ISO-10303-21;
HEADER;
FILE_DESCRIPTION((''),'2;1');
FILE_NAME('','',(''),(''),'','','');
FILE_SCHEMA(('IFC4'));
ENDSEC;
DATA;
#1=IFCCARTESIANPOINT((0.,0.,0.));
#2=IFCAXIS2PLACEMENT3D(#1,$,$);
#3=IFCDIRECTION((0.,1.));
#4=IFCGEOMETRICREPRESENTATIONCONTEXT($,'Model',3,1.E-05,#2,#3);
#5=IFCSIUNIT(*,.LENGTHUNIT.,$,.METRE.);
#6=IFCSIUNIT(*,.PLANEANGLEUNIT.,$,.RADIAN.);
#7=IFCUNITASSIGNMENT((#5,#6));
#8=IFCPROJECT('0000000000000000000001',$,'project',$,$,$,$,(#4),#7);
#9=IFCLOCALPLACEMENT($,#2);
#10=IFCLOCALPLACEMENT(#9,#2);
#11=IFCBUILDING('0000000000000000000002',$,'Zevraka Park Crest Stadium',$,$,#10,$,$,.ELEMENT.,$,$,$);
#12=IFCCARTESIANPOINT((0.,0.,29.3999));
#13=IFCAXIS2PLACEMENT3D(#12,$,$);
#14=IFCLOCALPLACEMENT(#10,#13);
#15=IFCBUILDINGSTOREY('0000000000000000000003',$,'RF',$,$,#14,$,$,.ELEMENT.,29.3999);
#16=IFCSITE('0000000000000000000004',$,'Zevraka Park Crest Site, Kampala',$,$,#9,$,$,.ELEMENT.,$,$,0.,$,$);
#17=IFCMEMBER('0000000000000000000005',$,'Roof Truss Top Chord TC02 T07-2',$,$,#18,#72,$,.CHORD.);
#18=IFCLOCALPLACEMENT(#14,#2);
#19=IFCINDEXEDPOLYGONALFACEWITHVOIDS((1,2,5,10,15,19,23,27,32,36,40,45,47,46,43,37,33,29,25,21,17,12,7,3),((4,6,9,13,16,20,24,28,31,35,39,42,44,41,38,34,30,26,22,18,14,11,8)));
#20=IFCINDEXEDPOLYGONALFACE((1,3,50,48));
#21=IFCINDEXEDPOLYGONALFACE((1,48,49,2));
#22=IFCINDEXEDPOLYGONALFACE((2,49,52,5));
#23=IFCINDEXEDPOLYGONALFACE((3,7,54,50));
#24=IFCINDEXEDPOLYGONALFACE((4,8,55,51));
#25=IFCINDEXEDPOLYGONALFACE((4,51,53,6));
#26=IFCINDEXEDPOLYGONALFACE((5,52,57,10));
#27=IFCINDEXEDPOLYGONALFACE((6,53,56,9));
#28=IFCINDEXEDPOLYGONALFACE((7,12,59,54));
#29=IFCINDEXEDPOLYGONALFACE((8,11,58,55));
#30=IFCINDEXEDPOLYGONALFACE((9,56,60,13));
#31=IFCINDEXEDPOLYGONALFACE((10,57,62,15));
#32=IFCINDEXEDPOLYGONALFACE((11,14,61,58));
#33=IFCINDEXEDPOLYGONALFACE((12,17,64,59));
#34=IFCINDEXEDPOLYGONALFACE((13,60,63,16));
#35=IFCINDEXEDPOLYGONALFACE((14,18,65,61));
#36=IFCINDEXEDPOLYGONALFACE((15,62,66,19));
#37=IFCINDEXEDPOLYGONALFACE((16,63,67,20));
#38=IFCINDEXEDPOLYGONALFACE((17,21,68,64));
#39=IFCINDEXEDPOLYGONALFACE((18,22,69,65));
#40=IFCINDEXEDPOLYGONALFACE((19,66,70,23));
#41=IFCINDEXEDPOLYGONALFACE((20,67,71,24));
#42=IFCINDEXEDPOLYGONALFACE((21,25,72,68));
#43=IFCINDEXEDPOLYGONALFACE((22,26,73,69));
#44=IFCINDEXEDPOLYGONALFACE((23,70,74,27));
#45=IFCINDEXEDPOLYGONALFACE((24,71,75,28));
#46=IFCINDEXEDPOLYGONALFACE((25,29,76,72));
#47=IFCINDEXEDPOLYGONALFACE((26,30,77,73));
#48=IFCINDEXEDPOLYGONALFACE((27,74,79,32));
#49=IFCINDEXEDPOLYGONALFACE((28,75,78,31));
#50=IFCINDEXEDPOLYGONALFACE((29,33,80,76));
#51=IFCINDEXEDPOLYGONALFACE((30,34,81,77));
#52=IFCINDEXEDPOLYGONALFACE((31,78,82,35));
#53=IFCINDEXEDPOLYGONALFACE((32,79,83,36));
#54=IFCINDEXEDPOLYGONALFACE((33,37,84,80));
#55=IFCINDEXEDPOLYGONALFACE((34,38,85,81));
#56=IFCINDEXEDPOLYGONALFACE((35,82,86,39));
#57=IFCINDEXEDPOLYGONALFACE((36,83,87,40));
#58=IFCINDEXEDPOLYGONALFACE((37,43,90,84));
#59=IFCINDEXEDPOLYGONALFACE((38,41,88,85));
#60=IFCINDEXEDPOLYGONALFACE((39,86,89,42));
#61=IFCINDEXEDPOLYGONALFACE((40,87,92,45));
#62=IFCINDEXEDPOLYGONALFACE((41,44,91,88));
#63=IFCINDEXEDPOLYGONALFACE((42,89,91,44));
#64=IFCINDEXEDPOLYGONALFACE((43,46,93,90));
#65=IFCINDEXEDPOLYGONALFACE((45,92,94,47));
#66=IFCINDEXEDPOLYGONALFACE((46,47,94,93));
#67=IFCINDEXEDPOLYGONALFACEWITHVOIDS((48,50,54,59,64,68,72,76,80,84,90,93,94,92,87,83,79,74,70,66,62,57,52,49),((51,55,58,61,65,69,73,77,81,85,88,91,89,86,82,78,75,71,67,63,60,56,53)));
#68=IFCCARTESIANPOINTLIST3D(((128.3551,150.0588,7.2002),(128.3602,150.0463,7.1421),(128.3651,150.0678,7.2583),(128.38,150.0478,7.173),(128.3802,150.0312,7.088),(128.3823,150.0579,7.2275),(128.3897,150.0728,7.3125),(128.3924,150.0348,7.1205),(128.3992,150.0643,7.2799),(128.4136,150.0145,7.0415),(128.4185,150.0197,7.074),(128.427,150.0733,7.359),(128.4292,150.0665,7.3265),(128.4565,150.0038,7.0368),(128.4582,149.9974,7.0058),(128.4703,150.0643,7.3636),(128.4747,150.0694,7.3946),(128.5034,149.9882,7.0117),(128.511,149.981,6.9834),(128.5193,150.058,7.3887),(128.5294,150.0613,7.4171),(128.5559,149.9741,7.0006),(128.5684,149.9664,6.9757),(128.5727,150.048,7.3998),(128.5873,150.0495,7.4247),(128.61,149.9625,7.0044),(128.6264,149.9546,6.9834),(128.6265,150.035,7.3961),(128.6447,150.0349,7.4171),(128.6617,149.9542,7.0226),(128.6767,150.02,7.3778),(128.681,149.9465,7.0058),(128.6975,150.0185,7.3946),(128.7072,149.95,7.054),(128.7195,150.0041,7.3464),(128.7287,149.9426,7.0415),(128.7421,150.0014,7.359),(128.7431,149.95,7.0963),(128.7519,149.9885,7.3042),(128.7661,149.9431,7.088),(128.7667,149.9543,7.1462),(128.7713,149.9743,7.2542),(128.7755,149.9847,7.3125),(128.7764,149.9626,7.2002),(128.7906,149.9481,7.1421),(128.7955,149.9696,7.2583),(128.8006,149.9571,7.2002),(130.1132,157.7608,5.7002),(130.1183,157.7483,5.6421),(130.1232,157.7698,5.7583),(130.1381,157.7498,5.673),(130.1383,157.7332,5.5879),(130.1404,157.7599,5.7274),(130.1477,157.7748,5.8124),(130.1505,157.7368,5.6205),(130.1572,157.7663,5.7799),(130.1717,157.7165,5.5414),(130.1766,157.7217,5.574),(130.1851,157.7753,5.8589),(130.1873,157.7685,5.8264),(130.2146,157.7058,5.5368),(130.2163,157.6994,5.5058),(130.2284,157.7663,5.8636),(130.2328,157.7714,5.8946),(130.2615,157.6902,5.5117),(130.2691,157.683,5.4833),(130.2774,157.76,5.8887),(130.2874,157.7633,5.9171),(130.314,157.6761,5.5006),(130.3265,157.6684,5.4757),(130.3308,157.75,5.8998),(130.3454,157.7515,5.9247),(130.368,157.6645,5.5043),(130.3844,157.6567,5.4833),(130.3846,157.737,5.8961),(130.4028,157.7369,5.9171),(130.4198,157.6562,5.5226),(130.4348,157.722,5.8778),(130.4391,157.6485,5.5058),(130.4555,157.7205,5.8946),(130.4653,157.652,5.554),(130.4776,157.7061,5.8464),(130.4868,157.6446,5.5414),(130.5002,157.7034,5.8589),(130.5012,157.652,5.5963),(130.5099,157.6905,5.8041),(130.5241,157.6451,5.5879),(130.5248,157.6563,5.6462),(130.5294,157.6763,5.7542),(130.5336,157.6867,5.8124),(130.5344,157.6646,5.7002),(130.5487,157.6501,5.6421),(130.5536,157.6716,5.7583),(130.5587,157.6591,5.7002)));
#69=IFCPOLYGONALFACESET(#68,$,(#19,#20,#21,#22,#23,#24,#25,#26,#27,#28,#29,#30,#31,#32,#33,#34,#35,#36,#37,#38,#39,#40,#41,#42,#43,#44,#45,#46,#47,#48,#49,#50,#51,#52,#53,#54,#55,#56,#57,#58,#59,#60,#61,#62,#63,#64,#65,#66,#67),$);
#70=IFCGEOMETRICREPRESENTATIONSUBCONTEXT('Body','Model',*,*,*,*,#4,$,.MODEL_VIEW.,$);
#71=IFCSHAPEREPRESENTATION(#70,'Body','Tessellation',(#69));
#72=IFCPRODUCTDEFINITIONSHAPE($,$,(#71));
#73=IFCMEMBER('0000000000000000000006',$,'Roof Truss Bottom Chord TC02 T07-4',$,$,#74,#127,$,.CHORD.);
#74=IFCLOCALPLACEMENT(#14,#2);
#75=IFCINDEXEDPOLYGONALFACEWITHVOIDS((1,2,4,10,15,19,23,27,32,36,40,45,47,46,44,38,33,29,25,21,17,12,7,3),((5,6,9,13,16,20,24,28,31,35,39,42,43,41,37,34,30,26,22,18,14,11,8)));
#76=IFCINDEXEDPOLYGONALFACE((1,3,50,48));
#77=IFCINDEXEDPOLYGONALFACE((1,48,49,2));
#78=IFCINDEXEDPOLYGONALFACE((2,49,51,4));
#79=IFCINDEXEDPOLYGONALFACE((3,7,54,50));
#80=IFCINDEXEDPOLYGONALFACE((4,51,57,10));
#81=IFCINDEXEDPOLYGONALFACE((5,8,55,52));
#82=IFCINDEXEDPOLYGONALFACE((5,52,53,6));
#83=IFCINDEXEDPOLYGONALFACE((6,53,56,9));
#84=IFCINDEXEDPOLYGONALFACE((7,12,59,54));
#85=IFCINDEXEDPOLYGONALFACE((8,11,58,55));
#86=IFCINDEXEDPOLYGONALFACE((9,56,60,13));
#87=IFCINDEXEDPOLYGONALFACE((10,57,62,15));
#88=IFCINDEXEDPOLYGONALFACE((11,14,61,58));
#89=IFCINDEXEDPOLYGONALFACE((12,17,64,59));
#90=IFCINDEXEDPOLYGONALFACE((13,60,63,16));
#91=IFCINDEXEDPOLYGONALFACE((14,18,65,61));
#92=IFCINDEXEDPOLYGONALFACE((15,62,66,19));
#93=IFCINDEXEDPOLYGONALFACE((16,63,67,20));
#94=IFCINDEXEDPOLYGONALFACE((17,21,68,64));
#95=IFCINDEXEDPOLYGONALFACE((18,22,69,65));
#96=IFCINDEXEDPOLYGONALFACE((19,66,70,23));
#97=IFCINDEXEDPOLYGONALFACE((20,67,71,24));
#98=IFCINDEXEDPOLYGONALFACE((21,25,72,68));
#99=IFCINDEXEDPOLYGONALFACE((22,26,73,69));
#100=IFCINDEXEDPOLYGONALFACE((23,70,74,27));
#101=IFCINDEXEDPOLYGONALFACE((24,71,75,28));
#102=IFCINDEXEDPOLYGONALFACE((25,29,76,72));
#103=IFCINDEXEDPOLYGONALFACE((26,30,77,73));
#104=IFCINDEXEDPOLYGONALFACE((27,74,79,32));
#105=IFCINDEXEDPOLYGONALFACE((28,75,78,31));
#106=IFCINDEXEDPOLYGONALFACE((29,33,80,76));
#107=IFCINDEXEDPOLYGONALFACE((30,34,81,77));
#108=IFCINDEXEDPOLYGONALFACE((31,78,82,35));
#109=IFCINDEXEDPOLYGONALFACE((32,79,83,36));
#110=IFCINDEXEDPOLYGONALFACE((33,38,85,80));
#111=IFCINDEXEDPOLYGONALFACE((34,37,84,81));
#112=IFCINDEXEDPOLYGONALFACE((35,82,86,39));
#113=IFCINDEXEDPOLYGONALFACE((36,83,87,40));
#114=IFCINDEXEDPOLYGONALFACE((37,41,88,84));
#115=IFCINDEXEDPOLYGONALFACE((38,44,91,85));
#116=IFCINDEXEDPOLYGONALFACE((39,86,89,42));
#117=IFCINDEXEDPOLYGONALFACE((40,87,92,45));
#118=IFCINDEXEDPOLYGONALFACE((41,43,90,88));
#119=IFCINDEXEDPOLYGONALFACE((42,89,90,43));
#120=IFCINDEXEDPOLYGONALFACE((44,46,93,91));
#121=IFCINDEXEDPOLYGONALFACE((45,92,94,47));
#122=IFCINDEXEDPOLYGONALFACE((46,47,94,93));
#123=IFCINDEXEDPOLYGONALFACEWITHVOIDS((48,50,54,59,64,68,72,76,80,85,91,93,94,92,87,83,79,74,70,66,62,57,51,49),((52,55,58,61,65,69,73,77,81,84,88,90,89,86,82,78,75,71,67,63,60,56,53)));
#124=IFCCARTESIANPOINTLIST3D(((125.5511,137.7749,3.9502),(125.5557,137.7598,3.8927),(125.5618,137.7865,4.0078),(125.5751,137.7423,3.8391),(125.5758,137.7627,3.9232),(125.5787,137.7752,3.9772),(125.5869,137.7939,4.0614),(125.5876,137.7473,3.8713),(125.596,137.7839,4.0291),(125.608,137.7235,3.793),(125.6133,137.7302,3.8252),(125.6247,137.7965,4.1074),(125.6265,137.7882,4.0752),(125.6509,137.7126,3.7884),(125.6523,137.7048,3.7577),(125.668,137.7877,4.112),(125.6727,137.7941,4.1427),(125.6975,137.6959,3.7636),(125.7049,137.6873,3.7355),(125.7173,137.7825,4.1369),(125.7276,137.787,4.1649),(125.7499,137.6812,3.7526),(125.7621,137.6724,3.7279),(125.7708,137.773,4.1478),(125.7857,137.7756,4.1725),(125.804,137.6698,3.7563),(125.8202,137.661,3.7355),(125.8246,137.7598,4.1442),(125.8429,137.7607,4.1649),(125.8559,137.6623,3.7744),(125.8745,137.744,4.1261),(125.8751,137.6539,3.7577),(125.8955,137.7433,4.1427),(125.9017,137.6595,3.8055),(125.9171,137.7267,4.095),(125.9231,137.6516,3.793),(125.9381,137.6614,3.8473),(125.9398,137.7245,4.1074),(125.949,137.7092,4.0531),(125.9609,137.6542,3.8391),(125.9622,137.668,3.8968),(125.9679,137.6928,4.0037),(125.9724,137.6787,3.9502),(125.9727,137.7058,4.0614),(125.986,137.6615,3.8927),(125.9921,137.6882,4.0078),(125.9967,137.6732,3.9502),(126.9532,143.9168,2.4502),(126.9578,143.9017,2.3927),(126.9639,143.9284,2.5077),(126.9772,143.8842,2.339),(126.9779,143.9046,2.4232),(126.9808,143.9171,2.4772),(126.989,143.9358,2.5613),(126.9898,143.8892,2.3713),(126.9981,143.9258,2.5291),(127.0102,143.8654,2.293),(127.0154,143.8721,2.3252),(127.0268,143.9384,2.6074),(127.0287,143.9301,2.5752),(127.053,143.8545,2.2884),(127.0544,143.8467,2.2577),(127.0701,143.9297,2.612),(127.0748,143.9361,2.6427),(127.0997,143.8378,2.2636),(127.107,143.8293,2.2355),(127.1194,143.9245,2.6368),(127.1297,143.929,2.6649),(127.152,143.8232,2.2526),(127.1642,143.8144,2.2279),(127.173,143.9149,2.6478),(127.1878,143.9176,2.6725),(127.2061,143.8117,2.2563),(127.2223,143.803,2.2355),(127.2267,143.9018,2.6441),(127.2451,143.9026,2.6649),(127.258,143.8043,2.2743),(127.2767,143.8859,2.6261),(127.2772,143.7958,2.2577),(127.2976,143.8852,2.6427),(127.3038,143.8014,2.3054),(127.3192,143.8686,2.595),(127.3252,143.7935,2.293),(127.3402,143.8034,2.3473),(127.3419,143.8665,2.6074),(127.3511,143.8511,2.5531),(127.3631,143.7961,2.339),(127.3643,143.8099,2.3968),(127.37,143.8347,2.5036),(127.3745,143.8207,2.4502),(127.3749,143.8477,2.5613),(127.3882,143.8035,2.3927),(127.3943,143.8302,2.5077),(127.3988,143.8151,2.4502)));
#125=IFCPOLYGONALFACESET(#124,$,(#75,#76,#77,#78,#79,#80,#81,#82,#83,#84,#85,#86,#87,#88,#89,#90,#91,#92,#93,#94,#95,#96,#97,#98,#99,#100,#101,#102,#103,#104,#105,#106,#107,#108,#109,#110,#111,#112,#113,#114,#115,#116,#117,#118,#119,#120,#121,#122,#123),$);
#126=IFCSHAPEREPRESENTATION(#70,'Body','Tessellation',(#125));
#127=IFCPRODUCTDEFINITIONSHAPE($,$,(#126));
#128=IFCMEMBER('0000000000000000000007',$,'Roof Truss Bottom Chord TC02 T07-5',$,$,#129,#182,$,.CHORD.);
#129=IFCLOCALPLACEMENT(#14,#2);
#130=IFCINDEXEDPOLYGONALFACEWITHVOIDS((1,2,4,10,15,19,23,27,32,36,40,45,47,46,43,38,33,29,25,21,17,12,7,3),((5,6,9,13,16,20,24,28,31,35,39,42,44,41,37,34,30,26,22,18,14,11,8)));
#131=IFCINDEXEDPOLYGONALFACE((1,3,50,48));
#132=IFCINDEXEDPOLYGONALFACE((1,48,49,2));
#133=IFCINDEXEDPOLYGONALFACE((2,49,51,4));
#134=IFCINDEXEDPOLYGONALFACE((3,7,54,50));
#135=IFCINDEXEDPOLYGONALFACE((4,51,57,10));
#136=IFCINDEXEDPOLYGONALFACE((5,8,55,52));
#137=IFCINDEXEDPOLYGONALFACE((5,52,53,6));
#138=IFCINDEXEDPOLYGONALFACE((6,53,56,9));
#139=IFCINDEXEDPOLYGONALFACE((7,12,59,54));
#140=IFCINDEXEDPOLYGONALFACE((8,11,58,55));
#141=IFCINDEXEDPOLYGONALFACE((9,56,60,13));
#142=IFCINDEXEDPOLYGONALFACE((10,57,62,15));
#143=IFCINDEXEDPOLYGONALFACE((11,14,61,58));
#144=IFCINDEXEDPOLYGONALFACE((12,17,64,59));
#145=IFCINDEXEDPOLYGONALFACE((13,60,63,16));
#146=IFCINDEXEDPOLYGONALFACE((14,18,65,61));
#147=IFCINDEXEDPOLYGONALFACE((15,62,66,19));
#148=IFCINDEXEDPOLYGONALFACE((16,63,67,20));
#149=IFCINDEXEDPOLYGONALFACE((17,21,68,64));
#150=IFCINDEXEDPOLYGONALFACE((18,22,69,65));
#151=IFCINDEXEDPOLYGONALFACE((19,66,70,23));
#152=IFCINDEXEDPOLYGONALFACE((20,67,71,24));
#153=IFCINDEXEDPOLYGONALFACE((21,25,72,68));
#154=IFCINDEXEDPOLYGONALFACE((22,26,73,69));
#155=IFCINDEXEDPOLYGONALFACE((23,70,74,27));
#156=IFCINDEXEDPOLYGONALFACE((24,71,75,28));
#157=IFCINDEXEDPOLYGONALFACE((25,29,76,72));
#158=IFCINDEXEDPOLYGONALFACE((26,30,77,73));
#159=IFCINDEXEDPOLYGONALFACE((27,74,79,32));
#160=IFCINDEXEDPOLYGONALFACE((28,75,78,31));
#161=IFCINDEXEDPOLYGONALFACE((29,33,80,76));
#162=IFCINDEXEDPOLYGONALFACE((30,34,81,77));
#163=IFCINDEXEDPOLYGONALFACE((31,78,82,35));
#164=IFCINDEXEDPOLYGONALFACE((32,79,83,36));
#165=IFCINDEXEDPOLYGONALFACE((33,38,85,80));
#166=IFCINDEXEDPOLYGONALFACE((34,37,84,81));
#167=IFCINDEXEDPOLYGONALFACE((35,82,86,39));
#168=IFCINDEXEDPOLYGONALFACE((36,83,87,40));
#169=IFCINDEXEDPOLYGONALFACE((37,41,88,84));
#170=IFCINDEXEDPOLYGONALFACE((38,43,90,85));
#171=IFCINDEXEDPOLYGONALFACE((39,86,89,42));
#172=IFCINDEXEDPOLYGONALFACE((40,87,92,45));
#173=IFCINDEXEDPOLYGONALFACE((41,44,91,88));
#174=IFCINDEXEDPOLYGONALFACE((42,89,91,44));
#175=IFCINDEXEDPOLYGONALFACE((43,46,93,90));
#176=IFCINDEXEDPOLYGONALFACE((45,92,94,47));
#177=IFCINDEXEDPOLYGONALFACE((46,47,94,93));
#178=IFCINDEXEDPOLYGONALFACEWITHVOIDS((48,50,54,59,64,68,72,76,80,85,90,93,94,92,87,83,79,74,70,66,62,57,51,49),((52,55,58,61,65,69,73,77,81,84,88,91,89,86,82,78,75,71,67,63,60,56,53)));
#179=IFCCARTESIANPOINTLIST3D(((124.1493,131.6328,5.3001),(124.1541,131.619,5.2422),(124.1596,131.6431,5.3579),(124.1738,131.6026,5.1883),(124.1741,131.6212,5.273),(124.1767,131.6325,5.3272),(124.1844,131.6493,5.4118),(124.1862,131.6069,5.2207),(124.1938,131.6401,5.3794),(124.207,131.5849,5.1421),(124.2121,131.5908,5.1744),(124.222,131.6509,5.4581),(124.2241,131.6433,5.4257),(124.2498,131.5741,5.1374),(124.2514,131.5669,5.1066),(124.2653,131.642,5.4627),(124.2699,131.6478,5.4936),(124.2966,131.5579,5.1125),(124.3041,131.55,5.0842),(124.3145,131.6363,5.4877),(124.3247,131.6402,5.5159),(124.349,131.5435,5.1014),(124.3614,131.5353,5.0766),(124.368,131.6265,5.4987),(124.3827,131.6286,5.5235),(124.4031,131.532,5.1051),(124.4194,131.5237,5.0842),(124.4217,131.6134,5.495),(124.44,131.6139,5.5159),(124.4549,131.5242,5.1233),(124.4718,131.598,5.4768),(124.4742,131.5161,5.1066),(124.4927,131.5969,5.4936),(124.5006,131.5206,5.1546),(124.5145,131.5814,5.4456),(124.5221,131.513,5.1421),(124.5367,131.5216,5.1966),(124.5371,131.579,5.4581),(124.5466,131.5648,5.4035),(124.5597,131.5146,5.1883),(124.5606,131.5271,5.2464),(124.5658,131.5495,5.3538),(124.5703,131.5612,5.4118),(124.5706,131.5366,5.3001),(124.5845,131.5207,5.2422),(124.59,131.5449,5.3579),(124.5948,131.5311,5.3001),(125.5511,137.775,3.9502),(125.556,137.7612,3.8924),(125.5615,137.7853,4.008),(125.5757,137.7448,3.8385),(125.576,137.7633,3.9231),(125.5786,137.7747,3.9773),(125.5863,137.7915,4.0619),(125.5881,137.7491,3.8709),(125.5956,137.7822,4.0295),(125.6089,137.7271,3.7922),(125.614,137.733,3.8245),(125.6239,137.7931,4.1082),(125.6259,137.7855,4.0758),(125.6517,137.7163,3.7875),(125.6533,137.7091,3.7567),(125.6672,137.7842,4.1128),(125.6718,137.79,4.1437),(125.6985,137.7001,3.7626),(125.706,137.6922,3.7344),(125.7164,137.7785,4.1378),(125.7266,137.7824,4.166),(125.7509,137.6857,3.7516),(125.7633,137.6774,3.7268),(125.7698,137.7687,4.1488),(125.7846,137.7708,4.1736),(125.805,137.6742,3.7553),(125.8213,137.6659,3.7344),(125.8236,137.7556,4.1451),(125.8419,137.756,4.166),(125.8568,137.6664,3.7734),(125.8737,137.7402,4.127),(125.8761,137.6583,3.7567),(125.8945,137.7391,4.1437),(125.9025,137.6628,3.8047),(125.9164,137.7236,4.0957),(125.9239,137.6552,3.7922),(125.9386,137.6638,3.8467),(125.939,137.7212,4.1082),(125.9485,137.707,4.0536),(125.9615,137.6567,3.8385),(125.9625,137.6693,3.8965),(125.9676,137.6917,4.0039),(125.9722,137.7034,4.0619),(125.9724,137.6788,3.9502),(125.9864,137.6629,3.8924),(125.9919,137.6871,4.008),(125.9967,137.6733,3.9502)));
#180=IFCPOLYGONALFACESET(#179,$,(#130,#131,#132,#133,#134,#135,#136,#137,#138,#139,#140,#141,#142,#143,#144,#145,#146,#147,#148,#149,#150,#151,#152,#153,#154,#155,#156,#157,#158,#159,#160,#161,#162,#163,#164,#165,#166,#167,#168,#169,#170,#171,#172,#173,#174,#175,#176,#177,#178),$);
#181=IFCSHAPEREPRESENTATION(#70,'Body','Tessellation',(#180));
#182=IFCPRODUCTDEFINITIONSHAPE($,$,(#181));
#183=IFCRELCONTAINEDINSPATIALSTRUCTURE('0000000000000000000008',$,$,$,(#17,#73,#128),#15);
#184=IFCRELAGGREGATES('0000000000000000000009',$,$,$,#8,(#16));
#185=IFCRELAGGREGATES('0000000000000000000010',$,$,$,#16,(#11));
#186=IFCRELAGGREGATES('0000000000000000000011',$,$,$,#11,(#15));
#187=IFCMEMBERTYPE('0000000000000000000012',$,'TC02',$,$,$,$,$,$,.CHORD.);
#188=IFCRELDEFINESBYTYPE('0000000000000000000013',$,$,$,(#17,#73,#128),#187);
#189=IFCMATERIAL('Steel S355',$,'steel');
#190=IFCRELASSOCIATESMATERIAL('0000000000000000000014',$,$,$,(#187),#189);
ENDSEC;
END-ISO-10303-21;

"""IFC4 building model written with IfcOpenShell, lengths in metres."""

from ifc_helpers import new_model, si_unit, direction, frame, origin, origin_2d, place, context, subcontext, project, spatial, hollow_circle, extrude, material, material_profile, profile_set, type_object, element, save


model = new_model("IFC4")

# Units and contexts
model_context = context("Model", 3, precision=1e-05, world=origin(), true_north=direction((0.0, 1.0)))
body_context = subcontext(model_context, "Body", "Model", "MODEL_VIEW")
ifc_project = project(units=[si_unit("LENGTHUNIT", "METRE"), si_unit("PLANEANGLEUNIT", "RADIAN")], contexts=[model_context])

# Site, building, storey
site_placement = place(None, origin())
site = spatial("IfcSite", under=ifc_project, at=site_placement, Name="Zevraka Park Crest Site, Kampala", CompositionType="ELEMENT", RefElevation=0.0)
building_placement = place(site_placement, origin())
building = spatial("IfcBuilding", under=site, at=building_placement, Name="Zevraka Park Crest Stadium", CompositionType="ELEMENT")
storey_placement = place(building_placement, frame((0.0, 0.0, 29.3999)))
storey = spatial("IfcBuildingStorey", under=building, at=storey_placement, Name="RF", CompositionType="ELEMENT", Elevation=29.3999)

# Members
ifc_material_1 = material(Name="Steel S355", Category="steel")
ifc_material_profile_1 = material_profile(ifc_material_1, hollow_circle(Radius=0.2285, WallThickness=0.0249, at=origin_2d()), Name="CHS 457.0x25")
ifc_profile_set_1 = profile_set([ifc_material_profile_1], Name="Steel S355")
member_type_1 = type_object("IfcMemberType", Name="TC02", PredefinedType="CHORD", material=ifc_profile_set_1)
member_1_placement = place(storey_placement, frame((130.3359, 157.71, 5.7002), z_axis=(-0.218632, -0.957811, 0.18654), x_axis=(0.974924, -0.222539, 0.0)))
element("IfcMember", 1, at=member_1_placement, inside=storey, type_object=member_type_1, Name="Roof Truss Top Chord TC02 T07-2", PredefinedType="CHORD", context=body_context, shape_type="SweptSolid", body=[
    extrude(hollow_circle(Radius=0.2285, WallThickness=0.0249, at=origin_2d()), origin(), (0.0, 0.0, 1.0), 8.0413),
])
member_2_placement = place(storey_placement, frame((127.176, 143.866, 2.4502), z_axis=(-0.216508, -0.948406, 0.231626), x_axis=(0.974919, -0.222561, 0.0)))
element("IfcMember", 2, at=member_2_placement, inside=storey, type_object=member_type_1, Name="Roof Truss Bottom Chord TC02 T07-4", PredefinedType="CHORD", context=body_context, shape_type="SweptSolid", body=[
    extrude(hollow_circle(Radius=0.2285, WallThickness=0.0249, at=origin_2d()), origin(), (0.0, 0.0, 1.0), 6.4761),
])
member_3_placement = place(storey_placement, frame((125.7739, 137.7241, 3.9502), z_axis=(-0.217577, -0.953293, 0.209506), x_axis=(0.974929, -0.222515, 0.0)))
element("IfcMember", 3, at=member_3_placement, inside=storey, type_object=member_type_1, Name="Roof Truss Bottom Chord TC02 T07-5", PredefinedType="CHORD", context=body_context, shape_type="SweptSolid", body=[
    extrude(hollow_circle(Radius=0.2285, WallThickness=0.0249, at=origin_2d()), origin(), (0.0, 0.0, 1.0), 6.4431),
])

save(model, "model.ifc")
